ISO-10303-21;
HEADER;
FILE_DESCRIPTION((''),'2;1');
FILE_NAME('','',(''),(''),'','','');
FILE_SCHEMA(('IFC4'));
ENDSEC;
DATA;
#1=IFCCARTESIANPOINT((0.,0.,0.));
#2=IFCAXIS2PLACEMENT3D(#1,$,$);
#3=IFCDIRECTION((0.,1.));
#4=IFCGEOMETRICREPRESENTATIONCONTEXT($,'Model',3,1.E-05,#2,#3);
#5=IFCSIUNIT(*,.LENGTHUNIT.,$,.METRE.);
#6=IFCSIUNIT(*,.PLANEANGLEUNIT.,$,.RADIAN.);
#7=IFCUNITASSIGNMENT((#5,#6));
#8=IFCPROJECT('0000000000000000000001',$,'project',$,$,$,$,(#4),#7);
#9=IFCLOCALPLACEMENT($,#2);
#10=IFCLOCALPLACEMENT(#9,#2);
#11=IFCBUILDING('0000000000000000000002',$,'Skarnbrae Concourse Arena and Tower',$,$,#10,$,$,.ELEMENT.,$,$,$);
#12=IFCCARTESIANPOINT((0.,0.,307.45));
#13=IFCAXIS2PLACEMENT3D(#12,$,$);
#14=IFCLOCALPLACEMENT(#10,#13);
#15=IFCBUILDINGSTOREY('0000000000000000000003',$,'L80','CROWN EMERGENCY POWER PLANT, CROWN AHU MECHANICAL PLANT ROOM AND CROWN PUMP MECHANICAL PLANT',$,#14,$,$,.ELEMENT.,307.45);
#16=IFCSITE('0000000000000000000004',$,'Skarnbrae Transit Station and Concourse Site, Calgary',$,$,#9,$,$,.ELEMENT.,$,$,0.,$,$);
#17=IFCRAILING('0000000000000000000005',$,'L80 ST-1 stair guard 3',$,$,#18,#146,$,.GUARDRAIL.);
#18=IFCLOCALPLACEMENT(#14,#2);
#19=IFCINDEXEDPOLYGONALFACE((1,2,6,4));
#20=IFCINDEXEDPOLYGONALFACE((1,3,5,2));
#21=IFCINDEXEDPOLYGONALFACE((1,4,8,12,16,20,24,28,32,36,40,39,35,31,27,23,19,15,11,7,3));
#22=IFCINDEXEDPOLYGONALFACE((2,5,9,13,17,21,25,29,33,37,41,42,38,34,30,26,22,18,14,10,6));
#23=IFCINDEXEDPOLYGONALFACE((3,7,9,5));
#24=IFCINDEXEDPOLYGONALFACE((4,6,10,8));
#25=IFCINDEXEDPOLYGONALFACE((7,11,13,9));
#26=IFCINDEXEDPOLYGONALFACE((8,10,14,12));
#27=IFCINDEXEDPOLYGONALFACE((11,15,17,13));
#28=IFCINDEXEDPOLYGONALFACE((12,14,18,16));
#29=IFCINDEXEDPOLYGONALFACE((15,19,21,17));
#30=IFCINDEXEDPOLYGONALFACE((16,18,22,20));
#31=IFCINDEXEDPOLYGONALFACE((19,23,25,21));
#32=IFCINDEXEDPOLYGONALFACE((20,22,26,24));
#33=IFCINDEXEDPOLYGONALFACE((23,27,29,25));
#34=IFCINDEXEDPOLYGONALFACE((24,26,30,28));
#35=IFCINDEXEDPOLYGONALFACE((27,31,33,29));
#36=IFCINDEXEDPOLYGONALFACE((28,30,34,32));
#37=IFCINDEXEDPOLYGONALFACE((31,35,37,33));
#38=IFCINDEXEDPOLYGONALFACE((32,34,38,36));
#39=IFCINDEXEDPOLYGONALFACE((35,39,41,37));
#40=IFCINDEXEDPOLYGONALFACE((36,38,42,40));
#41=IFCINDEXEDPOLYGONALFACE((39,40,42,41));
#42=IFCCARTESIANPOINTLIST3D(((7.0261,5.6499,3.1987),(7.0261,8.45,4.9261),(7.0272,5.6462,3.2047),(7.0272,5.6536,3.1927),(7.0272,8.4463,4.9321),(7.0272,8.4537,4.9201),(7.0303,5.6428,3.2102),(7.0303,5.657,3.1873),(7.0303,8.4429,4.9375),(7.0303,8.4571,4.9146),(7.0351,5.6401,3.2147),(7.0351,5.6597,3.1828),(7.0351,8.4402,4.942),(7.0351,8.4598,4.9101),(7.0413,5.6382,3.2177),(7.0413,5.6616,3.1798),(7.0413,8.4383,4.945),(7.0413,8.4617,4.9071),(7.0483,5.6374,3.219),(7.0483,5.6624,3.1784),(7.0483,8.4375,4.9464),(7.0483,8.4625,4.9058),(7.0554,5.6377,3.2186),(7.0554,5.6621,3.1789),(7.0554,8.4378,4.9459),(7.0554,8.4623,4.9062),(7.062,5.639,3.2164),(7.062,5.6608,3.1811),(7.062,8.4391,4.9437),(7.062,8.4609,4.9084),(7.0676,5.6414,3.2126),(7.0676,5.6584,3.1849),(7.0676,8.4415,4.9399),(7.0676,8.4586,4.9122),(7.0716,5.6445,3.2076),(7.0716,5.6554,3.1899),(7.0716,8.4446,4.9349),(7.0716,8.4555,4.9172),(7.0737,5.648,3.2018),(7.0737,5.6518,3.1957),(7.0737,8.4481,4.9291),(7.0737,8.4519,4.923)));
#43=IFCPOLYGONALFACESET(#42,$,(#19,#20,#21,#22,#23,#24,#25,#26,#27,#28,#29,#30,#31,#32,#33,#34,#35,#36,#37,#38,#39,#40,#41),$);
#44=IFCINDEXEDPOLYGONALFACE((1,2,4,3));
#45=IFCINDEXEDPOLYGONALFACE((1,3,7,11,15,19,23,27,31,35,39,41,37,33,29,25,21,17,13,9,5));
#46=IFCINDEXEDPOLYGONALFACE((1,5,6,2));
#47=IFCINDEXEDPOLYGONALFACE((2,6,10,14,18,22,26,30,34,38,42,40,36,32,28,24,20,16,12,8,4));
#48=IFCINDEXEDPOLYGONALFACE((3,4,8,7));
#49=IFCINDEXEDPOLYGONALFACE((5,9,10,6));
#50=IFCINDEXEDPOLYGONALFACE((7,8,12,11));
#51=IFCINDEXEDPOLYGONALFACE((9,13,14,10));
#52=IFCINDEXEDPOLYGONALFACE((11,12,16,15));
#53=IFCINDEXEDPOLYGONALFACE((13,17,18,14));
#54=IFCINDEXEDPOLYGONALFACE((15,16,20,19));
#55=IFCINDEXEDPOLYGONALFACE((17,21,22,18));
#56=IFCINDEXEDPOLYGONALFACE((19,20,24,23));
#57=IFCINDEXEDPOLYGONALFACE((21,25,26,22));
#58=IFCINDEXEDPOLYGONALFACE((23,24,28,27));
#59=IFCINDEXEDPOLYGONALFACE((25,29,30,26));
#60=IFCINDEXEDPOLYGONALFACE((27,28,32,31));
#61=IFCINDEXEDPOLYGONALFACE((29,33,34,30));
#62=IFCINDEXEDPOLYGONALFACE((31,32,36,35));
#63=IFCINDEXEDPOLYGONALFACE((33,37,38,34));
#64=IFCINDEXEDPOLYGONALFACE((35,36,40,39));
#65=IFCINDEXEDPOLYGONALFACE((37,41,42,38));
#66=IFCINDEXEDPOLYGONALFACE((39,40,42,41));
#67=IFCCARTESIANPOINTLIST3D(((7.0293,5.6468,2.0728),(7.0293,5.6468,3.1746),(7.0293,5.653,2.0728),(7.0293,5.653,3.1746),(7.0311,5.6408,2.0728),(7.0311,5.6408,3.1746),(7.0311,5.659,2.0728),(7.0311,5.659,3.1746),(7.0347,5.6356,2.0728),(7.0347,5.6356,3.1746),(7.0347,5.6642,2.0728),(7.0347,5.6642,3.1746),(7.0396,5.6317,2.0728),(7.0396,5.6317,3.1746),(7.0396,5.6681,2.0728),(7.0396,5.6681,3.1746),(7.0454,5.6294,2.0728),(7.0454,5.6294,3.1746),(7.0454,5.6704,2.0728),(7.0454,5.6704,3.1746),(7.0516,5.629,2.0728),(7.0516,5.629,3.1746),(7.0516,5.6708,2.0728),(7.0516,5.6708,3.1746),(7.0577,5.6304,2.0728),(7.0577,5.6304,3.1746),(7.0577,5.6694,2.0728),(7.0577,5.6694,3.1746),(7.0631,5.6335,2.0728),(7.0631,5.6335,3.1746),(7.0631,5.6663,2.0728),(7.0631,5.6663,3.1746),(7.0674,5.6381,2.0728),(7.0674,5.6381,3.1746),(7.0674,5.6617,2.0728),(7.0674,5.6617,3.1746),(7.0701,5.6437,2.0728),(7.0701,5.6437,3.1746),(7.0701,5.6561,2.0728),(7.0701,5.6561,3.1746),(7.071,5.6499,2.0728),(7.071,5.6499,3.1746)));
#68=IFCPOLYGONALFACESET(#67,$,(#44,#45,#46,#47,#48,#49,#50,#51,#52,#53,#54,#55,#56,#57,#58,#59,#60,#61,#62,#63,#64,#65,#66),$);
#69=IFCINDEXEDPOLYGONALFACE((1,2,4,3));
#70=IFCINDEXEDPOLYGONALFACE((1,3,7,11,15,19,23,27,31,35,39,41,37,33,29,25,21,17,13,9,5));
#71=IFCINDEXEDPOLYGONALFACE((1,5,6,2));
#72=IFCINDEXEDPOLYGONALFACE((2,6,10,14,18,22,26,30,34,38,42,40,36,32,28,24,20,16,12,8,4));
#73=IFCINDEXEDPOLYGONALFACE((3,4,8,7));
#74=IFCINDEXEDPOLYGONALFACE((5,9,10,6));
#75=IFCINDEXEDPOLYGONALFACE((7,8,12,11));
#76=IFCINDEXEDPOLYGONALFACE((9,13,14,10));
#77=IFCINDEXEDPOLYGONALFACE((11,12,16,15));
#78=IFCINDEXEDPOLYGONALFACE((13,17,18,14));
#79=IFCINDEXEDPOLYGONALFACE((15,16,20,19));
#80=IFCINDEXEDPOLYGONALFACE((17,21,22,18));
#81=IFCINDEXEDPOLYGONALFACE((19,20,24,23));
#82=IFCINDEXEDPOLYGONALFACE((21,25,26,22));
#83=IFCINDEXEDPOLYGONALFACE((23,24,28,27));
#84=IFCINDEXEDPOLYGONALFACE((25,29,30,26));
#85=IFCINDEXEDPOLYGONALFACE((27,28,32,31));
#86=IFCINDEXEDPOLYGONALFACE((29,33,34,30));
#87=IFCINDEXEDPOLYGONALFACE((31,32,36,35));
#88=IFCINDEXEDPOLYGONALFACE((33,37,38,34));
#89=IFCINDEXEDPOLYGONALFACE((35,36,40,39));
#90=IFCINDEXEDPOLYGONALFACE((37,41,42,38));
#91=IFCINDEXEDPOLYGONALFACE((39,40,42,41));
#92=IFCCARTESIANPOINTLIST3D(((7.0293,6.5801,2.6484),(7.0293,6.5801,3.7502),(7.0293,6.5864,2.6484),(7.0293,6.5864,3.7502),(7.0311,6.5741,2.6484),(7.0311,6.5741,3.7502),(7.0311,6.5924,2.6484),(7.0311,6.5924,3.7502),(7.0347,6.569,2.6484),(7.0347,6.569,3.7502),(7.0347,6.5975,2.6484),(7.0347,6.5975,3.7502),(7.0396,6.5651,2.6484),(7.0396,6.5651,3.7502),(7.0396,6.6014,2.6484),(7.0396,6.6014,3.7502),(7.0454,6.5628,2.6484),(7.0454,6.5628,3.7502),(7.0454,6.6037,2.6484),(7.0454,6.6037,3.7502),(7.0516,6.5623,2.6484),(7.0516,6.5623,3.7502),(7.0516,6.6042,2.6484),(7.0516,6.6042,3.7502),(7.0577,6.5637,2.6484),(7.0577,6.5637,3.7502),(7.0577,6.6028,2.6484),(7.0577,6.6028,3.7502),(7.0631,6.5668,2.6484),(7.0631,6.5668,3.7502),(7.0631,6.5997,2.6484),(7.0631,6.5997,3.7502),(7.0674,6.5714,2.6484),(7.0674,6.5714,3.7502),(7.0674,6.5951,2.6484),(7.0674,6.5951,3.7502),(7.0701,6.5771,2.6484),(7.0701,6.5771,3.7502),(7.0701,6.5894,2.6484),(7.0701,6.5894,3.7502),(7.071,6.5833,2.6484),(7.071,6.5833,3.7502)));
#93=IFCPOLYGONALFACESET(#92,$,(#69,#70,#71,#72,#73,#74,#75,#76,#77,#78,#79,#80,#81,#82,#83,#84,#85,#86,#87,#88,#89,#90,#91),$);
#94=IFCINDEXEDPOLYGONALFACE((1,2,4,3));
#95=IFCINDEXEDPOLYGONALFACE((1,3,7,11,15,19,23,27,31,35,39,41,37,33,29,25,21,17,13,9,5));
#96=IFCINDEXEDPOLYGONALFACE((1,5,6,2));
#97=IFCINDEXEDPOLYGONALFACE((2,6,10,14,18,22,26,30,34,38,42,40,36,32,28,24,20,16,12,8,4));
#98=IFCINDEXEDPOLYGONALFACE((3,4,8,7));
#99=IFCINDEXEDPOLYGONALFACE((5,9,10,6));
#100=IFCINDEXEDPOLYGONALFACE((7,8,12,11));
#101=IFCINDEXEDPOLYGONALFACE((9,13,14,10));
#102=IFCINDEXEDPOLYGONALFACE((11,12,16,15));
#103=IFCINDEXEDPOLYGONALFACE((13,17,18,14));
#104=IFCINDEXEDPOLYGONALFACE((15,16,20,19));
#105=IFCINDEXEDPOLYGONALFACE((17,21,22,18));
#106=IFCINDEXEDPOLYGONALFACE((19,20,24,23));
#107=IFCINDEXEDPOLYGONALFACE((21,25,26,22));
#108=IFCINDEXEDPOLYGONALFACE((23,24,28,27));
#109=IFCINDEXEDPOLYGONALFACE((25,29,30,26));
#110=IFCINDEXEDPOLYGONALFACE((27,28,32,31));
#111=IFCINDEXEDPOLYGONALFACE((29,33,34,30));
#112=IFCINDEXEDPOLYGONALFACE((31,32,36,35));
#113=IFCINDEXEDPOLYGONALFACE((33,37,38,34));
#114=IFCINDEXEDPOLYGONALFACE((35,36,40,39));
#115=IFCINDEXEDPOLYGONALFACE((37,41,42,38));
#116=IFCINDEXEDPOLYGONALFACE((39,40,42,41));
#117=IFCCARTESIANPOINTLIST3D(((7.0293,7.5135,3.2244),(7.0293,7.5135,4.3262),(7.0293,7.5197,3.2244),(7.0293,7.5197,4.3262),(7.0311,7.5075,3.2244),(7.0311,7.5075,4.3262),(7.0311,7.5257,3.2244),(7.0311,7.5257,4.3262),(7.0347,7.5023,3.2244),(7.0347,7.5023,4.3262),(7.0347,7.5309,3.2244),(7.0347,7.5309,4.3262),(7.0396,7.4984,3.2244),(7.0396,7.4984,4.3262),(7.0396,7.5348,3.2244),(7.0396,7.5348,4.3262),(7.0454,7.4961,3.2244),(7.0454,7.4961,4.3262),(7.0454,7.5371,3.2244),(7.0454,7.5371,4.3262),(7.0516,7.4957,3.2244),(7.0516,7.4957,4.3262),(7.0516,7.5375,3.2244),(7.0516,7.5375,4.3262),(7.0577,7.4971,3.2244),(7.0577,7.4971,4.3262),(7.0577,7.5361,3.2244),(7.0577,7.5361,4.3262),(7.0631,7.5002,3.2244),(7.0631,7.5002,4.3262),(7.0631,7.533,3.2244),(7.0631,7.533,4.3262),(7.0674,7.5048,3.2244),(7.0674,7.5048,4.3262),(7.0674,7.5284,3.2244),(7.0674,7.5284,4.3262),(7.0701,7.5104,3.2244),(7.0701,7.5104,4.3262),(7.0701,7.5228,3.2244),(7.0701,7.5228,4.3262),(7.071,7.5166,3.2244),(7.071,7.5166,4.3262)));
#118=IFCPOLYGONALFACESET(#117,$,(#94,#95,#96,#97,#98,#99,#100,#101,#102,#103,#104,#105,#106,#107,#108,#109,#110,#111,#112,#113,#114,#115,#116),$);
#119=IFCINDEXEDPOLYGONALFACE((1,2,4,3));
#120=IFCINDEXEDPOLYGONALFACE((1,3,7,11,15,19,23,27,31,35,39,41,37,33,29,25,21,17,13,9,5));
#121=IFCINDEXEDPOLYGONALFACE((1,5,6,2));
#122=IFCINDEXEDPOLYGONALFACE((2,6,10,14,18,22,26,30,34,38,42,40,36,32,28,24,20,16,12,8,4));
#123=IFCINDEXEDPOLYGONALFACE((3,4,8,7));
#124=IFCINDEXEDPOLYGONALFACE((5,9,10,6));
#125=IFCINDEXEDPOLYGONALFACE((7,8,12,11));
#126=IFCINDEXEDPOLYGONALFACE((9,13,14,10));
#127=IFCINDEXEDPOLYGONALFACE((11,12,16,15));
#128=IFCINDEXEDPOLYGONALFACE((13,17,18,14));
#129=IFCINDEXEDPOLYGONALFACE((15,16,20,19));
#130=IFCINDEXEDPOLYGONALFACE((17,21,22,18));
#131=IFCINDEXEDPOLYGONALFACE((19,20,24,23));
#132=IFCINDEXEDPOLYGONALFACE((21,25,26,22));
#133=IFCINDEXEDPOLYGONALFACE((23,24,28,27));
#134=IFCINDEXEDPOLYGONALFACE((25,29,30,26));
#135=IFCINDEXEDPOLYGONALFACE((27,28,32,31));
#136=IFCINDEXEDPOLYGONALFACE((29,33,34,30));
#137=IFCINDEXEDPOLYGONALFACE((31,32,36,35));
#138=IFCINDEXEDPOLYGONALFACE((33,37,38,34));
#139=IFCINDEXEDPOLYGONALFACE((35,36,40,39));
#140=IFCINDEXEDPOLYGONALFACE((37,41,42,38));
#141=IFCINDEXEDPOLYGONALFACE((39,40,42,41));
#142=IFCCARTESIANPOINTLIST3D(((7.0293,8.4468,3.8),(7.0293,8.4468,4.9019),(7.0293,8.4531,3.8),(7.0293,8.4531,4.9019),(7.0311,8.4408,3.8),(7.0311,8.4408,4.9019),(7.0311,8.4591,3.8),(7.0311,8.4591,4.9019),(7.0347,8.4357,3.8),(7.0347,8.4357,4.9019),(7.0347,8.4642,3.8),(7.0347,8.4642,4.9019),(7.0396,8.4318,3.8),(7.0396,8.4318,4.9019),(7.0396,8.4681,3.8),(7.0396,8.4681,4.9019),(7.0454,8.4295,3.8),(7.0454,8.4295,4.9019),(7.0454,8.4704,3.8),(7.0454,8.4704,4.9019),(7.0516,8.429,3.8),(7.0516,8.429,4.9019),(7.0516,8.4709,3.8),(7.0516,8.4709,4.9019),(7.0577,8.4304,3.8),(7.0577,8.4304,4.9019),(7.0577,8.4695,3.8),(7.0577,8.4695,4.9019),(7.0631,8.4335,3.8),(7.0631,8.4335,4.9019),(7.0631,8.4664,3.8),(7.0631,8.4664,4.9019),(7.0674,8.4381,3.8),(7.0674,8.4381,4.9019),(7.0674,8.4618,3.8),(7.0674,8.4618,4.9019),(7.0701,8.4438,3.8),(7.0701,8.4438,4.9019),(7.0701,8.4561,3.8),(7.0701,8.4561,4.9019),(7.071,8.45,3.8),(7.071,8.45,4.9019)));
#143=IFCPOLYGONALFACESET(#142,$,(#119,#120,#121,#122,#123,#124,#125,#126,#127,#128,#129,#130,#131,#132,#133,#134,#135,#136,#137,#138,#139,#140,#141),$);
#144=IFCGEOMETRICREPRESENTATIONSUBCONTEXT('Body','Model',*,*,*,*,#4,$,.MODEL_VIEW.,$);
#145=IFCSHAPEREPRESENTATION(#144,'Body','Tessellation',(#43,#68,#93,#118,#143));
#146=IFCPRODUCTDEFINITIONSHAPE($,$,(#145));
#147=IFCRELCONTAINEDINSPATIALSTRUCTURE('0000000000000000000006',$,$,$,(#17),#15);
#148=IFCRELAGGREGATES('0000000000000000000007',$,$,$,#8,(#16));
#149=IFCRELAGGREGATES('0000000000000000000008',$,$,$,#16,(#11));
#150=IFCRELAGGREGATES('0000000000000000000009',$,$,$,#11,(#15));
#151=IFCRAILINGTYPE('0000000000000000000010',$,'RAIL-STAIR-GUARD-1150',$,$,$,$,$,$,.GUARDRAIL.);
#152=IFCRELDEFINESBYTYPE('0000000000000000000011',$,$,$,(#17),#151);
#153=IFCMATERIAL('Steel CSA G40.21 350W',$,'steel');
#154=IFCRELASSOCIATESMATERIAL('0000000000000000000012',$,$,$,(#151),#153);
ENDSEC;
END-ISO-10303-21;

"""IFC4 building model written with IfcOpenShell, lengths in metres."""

from ifc_helpers import new_model, si_unit, direction, frame, origin, origin_2d, place, context, subcontext, project, spatial, circle, extrude, material, type_object, element, save


model = new_model("IFC4")

# Units and contexts
model_context = context("Model", 3, precision=1e-05, world=origin(), true_north=direction((0.0, 1.0)))
body_context = subcontext(model_context, "Body", "Model", "MODEL_VIEW")
ifc_project = project(units=[si_unit("LENGTHUNIT", "METRE"), si_unit("PLANEANGLEUNIT", "RADIAN")], contexts=[model_context])

# Site, building, storey
site_placement = place(None, origin())
site = spatial("IfcSite", under=ifc_project, at=site_placement, Name="Skarnbrae Transit Station and Concourse Site, Calgary", CompositionType="ELEMENT", RefElevation=0.0)
building_placement = place(site_placement, origin())
building = spatial("IfcBuilding", under=site, at=building_placement, Name="Skarnbrae Concourse Arena and Tower", CompositionType="ELEMENT")
storey_placement = place(building_placement, frame((0.0, 0.0, 307.45)))
storey = spatial("IfcBuildingStorey", under=building, at=storey_placement, Name="L80", Description="CROWN EMERGENCY POWER PLANT, CROWN AHU MECHANICAL PLANT ROOM AND CROWN PUMP MECHANICAL PLANT", CompositionType="ELEMENT", Elevation=307.45)

# Shared definitions
ifc_material_1 = material(Name="Steel CSA G40.21 350W", Category="steel")

# Railing
railing_type_1 = type_object("IfcRailingType", Name="RAIL-STAIR-GUARD-1150", PredefinedType="GUARDRAIL", material=ifc_material_1)
railing_1_placement = place(storey_placement, frame((7.05, 5.6499, 2.0728)))
element("IfcRailing", 1, at=railing_1_placement, inside=storey, type_object=railing_type_1, Name="L80 ST-1 stair guard 3", PredefinedType="GUARDRAIL", context=body_context, shape_type="SweptSolid", body=[
    extrude(circle(Radius=0.0239, at=origin_2d()), frame((0.0, 0.0, 1.126), z_axis=(0.0, 0.85109, 0.52502), x_axis=(-1.0, 0.0, 0.0)), (0.0, 0.0, 1.0), 3.29),
    extrude(circle(Radius=0.021, at=origin_2d()), origin(), (0.0, 0.0, 1.0), 1.1018),
    extrude(circle(Radius=0.021, at=origin_2d()), frame((0.0, 0.9333, 0.5757)), (0.0, 0.0, 1.0), 1.1018),
    extrude(circle(Radius=0.021, at=origin_2d()), frame((0.0, 1.8667, 1.1516)), (0.0, 0.0, 1.0), 1.1018),
    extrude(circle(Radius=0.021, at=origin_2d()), frame((0.0, 2.8, 1.7273)), (0.0, 0.0, 1.0), 1.1018),
])

save(model, "model.ifc")
